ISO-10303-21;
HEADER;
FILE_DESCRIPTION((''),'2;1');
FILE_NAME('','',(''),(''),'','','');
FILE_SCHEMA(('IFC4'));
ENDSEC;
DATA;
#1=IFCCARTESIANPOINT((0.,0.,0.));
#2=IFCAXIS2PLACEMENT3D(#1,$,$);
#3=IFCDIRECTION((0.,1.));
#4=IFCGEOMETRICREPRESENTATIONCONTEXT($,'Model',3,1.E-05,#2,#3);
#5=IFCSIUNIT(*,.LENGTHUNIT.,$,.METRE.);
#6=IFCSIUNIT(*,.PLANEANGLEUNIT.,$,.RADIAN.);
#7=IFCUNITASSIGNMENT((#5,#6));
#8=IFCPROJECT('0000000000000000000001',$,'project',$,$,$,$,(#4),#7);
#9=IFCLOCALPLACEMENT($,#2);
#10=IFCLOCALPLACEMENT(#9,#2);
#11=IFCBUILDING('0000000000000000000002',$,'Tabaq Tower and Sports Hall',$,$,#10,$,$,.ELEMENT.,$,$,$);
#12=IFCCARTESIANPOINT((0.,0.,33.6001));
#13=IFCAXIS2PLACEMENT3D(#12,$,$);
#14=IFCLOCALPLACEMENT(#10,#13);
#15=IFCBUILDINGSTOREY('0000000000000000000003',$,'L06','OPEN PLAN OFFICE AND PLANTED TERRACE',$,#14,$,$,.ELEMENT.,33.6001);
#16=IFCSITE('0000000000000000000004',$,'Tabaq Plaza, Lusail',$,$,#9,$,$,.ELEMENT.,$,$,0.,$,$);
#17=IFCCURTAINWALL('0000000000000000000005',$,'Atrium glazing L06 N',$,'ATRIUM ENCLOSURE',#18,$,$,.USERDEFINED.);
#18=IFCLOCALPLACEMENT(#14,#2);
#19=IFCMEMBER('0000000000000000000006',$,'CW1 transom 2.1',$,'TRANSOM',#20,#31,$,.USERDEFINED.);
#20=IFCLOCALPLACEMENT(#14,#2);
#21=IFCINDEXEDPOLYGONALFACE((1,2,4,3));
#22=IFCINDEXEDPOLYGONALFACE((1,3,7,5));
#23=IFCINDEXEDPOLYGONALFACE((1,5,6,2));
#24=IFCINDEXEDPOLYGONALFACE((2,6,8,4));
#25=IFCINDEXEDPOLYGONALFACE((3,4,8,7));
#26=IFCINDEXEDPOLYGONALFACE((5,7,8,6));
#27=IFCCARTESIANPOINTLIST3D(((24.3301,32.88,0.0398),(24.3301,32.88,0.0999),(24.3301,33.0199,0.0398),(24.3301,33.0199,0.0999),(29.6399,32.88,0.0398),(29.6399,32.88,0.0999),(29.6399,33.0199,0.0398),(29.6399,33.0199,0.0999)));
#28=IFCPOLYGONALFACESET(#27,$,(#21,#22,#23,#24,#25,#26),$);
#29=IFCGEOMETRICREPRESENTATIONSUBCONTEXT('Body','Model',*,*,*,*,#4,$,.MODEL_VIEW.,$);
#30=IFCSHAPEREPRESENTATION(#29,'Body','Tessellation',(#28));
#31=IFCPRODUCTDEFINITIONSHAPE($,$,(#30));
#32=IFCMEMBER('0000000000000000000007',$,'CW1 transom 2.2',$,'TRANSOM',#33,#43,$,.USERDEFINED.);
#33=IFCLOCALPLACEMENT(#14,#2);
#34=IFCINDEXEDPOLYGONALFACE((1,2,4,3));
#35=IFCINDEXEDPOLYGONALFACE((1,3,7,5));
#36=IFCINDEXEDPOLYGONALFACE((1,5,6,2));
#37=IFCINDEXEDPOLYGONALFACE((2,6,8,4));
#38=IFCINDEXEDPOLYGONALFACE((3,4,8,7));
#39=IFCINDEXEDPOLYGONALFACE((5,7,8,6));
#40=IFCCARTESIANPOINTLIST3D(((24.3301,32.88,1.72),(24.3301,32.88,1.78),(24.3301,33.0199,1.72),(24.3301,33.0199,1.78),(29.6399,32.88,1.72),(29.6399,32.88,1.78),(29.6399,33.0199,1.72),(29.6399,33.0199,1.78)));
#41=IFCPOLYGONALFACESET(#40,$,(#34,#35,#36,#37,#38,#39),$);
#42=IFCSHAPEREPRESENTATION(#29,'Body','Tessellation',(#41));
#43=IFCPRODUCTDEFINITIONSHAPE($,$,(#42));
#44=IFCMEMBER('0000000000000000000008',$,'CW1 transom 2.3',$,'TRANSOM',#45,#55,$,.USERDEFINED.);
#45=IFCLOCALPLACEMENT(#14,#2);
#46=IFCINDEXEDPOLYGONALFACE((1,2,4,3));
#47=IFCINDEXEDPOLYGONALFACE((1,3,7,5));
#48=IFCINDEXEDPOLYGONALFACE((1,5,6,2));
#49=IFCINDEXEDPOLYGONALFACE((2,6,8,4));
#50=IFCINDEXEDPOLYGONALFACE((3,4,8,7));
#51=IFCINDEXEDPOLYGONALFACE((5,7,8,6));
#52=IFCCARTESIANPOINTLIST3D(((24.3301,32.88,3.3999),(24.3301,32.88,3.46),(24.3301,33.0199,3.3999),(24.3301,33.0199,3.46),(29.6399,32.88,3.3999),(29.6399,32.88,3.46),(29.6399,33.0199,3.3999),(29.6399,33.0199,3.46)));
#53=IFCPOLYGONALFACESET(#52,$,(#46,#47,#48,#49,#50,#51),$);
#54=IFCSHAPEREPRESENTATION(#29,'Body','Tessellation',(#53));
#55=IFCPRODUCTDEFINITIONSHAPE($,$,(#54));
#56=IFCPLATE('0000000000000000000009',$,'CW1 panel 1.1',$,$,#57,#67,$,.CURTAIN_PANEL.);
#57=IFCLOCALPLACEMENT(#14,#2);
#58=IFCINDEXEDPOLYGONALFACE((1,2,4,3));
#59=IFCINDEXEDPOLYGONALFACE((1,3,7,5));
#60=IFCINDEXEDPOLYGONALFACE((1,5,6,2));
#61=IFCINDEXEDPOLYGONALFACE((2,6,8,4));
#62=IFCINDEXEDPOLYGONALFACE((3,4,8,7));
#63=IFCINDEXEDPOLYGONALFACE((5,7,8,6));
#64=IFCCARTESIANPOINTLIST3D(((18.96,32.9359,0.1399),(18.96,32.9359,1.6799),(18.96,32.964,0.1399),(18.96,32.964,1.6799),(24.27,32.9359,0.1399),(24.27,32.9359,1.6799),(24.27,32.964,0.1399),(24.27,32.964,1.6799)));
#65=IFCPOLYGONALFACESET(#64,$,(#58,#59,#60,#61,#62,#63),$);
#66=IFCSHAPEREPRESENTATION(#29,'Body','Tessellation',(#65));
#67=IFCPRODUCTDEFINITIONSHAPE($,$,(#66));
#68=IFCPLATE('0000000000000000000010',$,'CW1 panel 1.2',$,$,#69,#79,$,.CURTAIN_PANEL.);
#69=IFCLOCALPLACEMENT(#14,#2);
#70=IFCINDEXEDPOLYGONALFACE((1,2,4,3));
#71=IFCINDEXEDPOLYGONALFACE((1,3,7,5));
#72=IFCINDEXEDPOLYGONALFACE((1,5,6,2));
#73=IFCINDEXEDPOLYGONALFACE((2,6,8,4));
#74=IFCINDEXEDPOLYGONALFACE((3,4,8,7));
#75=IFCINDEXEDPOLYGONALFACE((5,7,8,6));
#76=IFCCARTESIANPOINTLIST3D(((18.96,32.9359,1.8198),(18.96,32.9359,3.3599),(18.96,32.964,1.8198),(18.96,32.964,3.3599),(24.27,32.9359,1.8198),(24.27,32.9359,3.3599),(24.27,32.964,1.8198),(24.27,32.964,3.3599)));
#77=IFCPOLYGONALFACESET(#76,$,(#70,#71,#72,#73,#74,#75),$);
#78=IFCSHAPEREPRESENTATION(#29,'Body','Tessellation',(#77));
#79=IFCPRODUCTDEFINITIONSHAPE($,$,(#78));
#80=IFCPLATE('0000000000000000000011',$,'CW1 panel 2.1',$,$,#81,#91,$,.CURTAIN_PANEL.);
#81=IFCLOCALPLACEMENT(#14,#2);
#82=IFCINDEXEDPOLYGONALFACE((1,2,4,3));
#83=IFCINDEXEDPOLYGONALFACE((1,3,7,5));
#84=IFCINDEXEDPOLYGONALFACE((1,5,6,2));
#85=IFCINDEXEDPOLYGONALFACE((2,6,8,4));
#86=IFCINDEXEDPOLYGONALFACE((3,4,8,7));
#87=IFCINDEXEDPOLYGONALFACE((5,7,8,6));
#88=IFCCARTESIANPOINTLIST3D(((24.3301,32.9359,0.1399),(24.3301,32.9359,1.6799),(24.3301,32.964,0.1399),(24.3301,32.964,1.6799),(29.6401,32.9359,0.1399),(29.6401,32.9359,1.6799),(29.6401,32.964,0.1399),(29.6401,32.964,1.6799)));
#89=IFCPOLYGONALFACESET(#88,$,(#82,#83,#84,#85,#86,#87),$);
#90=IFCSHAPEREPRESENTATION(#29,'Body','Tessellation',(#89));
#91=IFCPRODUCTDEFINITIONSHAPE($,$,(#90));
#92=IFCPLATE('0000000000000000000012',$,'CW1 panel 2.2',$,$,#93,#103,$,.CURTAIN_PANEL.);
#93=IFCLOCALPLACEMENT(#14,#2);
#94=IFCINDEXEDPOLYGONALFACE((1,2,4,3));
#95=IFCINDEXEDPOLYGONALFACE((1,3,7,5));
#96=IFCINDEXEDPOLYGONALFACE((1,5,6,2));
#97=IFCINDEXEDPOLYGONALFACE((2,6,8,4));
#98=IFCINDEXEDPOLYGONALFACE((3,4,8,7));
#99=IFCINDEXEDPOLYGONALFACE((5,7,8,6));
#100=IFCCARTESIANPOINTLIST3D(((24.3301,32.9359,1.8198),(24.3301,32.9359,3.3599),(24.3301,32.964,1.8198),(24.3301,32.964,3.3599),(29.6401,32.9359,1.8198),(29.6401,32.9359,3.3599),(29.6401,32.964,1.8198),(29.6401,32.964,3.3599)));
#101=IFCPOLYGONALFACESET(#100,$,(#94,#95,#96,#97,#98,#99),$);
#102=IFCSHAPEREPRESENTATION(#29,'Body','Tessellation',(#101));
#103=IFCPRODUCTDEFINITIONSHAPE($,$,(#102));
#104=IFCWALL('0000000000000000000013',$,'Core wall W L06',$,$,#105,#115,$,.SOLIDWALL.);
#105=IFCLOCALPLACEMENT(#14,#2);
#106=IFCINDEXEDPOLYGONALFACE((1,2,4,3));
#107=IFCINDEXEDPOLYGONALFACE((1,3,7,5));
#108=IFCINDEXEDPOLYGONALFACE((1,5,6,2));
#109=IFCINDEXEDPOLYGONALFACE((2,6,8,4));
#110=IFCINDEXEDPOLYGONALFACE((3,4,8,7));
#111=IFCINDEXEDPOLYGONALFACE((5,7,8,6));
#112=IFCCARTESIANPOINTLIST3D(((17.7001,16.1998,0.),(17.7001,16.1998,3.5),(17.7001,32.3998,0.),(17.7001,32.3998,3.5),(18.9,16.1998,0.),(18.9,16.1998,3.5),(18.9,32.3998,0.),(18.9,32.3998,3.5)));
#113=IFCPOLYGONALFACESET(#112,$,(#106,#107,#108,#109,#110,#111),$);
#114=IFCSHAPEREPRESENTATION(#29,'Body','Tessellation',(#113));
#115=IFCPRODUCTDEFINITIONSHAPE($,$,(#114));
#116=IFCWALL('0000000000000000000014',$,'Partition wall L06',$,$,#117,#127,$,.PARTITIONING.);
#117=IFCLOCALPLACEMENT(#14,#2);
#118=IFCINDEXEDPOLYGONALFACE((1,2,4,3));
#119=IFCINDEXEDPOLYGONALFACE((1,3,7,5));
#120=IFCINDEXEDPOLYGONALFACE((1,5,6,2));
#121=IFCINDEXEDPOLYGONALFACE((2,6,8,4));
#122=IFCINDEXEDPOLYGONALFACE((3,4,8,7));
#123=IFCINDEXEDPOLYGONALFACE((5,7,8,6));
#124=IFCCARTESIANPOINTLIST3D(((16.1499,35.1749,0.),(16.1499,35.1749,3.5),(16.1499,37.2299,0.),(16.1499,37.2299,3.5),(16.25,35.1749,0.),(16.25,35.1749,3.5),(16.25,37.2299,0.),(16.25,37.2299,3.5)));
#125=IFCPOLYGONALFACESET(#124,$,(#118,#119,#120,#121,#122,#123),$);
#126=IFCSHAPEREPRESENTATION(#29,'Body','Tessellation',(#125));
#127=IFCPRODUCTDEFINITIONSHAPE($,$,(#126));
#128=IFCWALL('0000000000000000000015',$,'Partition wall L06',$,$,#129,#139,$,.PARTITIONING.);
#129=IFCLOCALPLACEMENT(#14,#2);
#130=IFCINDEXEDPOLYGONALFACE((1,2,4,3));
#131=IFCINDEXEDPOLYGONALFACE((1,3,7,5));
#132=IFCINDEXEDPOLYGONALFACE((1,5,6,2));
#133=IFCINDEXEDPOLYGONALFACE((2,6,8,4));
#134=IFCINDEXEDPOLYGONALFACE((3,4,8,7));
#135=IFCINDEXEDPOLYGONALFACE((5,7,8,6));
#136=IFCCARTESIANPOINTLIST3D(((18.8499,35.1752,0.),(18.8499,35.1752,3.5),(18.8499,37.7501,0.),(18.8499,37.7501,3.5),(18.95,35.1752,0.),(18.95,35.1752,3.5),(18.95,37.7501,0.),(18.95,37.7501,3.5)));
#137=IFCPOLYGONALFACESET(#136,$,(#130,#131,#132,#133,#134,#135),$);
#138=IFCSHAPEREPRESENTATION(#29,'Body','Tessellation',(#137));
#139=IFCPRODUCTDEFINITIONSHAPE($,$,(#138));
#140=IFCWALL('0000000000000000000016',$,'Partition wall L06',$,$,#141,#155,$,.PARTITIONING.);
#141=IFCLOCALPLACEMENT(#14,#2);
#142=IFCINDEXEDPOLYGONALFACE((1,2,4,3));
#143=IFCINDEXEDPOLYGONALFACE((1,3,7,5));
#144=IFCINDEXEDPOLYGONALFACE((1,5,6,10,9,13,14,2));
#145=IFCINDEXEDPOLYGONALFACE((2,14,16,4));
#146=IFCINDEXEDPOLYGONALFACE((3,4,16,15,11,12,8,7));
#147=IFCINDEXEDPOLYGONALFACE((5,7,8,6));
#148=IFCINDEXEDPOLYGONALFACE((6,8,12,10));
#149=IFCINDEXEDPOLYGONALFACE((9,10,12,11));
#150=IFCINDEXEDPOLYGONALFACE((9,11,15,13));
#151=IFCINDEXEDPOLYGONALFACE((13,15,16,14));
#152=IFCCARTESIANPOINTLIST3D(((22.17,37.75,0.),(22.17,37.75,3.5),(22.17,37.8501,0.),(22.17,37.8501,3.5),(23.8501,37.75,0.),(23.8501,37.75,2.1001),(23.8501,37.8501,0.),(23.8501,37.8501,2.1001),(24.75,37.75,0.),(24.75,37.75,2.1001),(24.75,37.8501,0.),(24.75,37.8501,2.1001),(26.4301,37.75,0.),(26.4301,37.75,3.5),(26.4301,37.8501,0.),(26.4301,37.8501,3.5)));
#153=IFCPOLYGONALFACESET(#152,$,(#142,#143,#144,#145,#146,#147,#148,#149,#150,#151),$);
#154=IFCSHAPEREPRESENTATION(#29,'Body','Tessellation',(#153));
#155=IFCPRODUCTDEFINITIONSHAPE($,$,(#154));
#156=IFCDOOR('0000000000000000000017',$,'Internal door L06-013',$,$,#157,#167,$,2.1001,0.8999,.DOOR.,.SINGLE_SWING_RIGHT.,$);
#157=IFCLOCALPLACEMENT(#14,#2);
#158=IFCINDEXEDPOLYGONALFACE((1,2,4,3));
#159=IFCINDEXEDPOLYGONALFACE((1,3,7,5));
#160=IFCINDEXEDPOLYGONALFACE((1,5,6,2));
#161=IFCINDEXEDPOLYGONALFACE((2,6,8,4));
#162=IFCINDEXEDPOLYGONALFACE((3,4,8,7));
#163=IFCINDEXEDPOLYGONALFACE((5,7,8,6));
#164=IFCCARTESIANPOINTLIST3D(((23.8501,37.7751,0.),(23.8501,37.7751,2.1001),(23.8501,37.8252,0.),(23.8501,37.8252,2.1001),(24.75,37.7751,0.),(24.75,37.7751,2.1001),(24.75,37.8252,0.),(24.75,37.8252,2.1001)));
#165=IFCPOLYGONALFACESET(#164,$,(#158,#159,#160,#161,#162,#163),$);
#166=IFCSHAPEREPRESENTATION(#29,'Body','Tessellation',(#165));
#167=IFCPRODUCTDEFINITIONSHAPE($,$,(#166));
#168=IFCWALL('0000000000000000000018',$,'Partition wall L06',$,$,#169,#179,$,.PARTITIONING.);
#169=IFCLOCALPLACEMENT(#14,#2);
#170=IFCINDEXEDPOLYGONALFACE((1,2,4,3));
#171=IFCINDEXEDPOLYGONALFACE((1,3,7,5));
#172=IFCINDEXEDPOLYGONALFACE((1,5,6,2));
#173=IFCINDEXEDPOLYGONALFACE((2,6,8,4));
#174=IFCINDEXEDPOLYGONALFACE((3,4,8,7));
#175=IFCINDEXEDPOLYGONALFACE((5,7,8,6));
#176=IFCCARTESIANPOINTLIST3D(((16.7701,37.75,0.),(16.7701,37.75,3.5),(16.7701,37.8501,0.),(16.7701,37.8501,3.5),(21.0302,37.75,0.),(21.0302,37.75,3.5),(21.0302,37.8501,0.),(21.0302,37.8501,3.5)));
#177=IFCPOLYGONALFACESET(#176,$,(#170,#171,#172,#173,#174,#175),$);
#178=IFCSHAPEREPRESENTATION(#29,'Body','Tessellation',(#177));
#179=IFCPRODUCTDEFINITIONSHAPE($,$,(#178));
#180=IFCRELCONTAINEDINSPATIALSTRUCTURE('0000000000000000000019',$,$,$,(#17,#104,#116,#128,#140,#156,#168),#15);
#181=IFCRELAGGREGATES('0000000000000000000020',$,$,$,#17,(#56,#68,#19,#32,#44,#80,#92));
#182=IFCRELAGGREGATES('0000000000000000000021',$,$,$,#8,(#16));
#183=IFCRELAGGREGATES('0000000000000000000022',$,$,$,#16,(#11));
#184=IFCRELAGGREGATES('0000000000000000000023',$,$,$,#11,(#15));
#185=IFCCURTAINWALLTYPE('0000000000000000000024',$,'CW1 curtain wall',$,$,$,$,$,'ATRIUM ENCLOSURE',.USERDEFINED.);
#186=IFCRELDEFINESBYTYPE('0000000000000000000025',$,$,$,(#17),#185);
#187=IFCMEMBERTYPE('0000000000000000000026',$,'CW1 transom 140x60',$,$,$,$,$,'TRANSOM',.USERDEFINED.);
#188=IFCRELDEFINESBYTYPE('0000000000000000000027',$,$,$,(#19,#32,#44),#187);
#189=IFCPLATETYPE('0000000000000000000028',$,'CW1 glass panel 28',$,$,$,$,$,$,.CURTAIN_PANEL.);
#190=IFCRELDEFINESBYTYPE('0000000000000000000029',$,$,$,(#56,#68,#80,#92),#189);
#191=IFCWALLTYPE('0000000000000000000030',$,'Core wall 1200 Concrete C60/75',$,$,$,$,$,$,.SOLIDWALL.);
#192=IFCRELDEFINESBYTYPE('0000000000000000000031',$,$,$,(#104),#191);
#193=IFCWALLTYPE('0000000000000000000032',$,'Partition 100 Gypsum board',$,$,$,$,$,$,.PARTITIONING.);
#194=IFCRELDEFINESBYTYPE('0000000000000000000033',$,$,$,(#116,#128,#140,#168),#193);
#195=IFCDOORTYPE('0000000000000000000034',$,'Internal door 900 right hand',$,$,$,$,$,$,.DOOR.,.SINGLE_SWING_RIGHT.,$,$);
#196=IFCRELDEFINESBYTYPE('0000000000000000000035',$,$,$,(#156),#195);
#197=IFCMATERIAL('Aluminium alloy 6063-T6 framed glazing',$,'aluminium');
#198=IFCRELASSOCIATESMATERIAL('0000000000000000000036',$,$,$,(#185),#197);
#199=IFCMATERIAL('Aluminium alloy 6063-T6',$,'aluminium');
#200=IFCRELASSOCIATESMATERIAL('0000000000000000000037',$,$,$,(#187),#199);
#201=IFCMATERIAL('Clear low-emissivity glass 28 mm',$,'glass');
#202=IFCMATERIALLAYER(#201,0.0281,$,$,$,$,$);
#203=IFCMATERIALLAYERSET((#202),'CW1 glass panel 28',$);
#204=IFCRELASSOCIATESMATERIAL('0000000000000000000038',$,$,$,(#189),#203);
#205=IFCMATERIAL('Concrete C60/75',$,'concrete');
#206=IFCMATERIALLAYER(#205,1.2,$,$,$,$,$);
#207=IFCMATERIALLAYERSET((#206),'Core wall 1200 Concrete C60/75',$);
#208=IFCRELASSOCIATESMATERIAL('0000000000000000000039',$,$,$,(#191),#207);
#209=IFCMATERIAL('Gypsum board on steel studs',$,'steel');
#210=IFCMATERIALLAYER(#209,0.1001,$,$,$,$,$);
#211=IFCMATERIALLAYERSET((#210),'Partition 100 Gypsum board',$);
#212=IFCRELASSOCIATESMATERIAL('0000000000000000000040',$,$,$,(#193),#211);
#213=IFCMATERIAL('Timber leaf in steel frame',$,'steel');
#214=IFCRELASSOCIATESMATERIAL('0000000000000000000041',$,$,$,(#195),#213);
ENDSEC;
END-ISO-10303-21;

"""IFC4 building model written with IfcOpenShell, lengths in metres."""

from ifc_helpers import new_model, si_unit, direction, frame, frame_2d, origin, origin_2d, place, context, subcontext, project, spatial, rectangle, extrude, material, layer, layer_set, material_profile, profile_set, type_object, element, fill, aggregate, save


model = new_model("IFC4")

# Units and contexts
model_context = context("Model", 3, precision=1e-05, world=origin(), true_north=direction((0.0, 1.0)))
body_context = subcontext(model_context, "Body", "Model", "MODEL_VIEW")
ifc_project = project(units=[si_unit("LENGTHUNIT", "METRE"), si_unit("PLANEANGLEUNIT", "RADIAN")], contexts=[model_context])

# Site, building, storey
site_placement = place(None, origin())
site = spatial("IfcSite", under=ifc_project, at=site_placement, Name="Tabaq Plaza, Lusail", CompositionType="ELEMENT", RefElevation=0.0)
building_placement = place(site_placement, origin())
building = spatial("IfcBuilding", under=site, at=building_placement, Name="Tabaq Tower and Sports Hall", CompositionType="ELEMENT")
storey_placement = place(building_placement, frame((0.0, 0.0, 33.6001)))
storey = spatial("IfcBuildingStorey", under=building, at=storey_placement, Name="L06", Description="OPEN PLAN OFFICE AND PLANTED TERRACE", CompositionType="ELEMENT", Elevation=33.6001)

# Curtain wall, members, plates
ifc_material_1 = material(Name="Aluminium alloy 6063-T6 framed glazing", Category="aluminium")
curtain_wall_type = type_object("IfcCurtainWallType", Name="CW1 curtain wall", ElementType="ATRIUM ENCLOSURE", PredefinedType="USERDEFINED", material=ifc_material_1)
curtain_wall_placement = place(storey_placement, origin())
curtain_wall = element("IfcCurtainWall", 1, at=curtain_wall_placement, inside=storey, type_object=curtain_wall_type, Name="Atrium glazing L06 N", ObjectType="ATRIUM ENCLOSURE", PredefinedType="USERDEFINED")
ifc_material_2 = material(Name="Aluminium alloy 6063-T6", Category="aluminium")
ifc_material_profile_1 = material_profile(ifc_material_2, rectangle(XDim=0.1399, YDim=0.0601, at=origin_2d()), Name="TRANSOM 140x60")
ifc_profile_set_1 = profile_set([ifc_material_profile_1], Name="Aluminium alloy 6063-T6")
member_type_1 = type_object("IfcMemberType", Name="CW1 transom 140x60", ElementType="TRANSOM", PredefinedType="USERDEFINED", material=ifc_profile_set_1)
member_1_placement = place(storey_placement, frame((24.3301, 32.95, 0.0698), z_axis=(1.0, 0.0, 0.0), x_axis=(0.0, 1.0, 0.0)))
member_1 = element("IfcMember", 2, at=member_1_placement, type_object=member_type_1, Name="CW1 transom 2.1", ObjectType="TRANSOM", PredefinedType="USERDEFINED", context=body_context, shape_type="SweptSolid", body=[
    extrude(rectangle(XDim=0.1399, YDim=0.0601, at=origin_2d()), origin(), (0.0, 0.0, 1.0), 5.3098),
])
member_2_placement = place(storey_placement, frame((24.3301, 32.95, 1.75), z_axis=(1.0, 0.0, 0.0), x_axis=(0.0, 1.0, 0.0)))
member_2 = element("IfcMember", 3, at=member_2_placement, type_object=member_type_1, Name="CW1 transom 2.2", ObjectType="TRANSOM", PredefinedType="USERDEFINED", context=body_context, shape_type="SweptSolid", body=[
    extrude(rectangle(XDim=0.1399, YDim=0.0601, at=origin_2d()), origin(), (0.0, 0.0, 1.0), 5.3098),
])
member_3_placement = place(storey_placement, frame((24.3301, 32.95, 3.4299), z_axis=(1.0, 0.0, 0.0), x_axis=(0.0, 1.0, 0.0)))
member_3 = element("IfcMember", 4, at=member_3_placement, type_object=member_type_1, Name="CW1 transom 2.3", ObjectType="TRANSOM", PredefinedType="USERDEFINED", context=body_context, shape_type="SweptSolid", body=[
    extrude(rectangle(XDim=0.1399, YDim=0.0601, at=origin_2d()), origin(), (0.0, 0.0, 1.0), 5.3098),
])
ifc_material_3 = material(Name="Clear low-emissivity glass 28 mm", Category="glass")
ifc_layer_1 = layer(ifc_material_3, 0.0281)
ifc_layer_set_1 = layer_set([ifc_layer_1], Name="CW1 glass panel 28")
plate_type = type_object("IfcPlateType", Name="CW1 glass panel 28", PredefinedType="CURTAIN_PANEL", material=ifc_layer_set_1)
plate_1_placement = place(storey_placement, frame((21.615, 32.95, 0.1399), z_axis=(0.0, 0.0, 1.0), x_axis=(1.0, 0.0, 0.0)))
plate_1 = element("IfcPlate", 5, at=plate_1_placement, type_object=plate_type, Name="CW1 panel 1.1", PredefinedType="CURTAIN_PANEL", context=body_context, shape_type="SweptSolid", body=[
    extrude(rectangle(XDim=5.3101, YDim=0.0281, at=origin_2d()), origin(), (0.0, 0.0, 1.0), 1.54),
])
plate_2_placement = place(storey_placement, frame((21.615, 32.95, 1.8198), z_axis=(0.0, 0.0, 1.0), x_axis=(1.0, 0.0, 0.0)))
plate_2 = element("IfcPlate", 6, at=plate_2_placement, type_object=plate_type, Name="CW1 panel 1.2", PredefinedType="CURTAIN_PANEL", context=body_context, shape_type="SweptSolid", body=[
    extrude(rectangle(XDim=5.3101, YDim=0.0281, at=origin_2d()), origin(), (0.0, 0.0, 1.0), 1.54),
])
plate_3_placement = place(storey_placement, frame((26.9851, 32.95, 0.1399), z_axis=(0.0, 0.0, 1.0), x_axis=(1.0, 0.0, 0.0)))
plate_3 = element("IfcPlate", 7, at=plate_3_placement, type_object=plate_type, Name="CW1 panel 2.1", PredefinedType="CURTAIN_PANEL", context=body_context, shape_type="SweptSolid", body=[
    extrude(rectangle(XDim=5.3101, YDim=0.0281, at=origin_2d()), origin(), (0.0, 0.0, 1.0), 1.54),
])
plate_4_placement = place(storey_placement, frame((26.9851, 32.95, 1.8198), z_axis=(0.0, 0.0, 1.0), x_axis=(1.0, 0.0, 0.0)))
plate_4 = element("IfcPlate", 8, at=plate_4_placement, type_object=plate_type, Name="CW1 panel 2.2", PredefinedType="CURTAIN_PANEL", context=body_context, shape_type="SweptSolid", body=[
    extrude(rectangle(XDim=5.3101, YDim=0.0281, at=origin_2d()), origin(), (0.0, 0.0, 1.0), 1.54),
])
aggregate(curtain_wall, [plate_1, plate_2, member_1, member_2, member_3, plate_3, plate_4])

# Walls
ifc_material_4 = material(Name="Concrete C60/75", Category="concrete")
ifc_layer_2 = layer(ifc_material_4, 1.2)
ifc_layer_set_2 = layer_set([ifc_layer_2], Name="Core wall 1200 Concrete C60/75")
wall_type_1 = type_object("IfcWallType", Name="Core wall 1200 Concrete C60/75", PredefinedType="SOLIDWALL", material=ifc_layer_set_2)
wall_1_placement = place(storey_placement, frame((18.3, 32.3999, 0.0), z_axis=(0.0, 0.0, 1.0), x_axis=(0.0, -1.0, 0.0)))
element("IfcWall", 9, at=wall_1_placement, inside=storey, type_object=wall_type_1, Name="Core wall W L06", PredefinedType="SOLIDWALL", context=body_context, shape_type="SweptSolid", body=[
    extrude(rectangle(XDim=16.2, YDim=1.2, at=frame_2d((8.1001, 0.0))), origin(), (0.0, 0.0, 1.0), 3.5),
])
ifc_material_5 = material(Name="Gypsum board on steel studs", Category="steel")
ifc_layer_3 = layer(ifc_material_5, 0.1001)
ifc_layer_set_3 = layer_set([ifc_layer_3], Name="Partition 100 Gypsum board")
wall_type_2 = type_object("IfcWallType", Name="Partition 100 Gypsum board", PredefinedType="PARTITIONING", material=ifc_layer_set_3)
wall_2_placement = place(storey_placement, frame((16.2, 35.175, 0.0), z_axis=(0.0, 0.0, 1.0), x_axis=(0.0, 1.0, 0.0)))
element("IfcWall", 10, at=wall_2_placement, inside=storey, type_object=wall_type_2, Name="Partition wall L06", PredefinedType="PARTITIONING", context=body_context, shape_type="SweptSolid", body=[
    extrude(rectangle(XDim=2.0549, YDim=0.1001, at=frame_2d((1.0273, 0.0))), origin(), (0.0, 0.0, 1.0), 3.5),
])
wall_3_placement = place(storey_placement, frame((18.8999, 35.175, 0.0), z_axis=(0.0, 0.0, 1.0), x_axis=(0.0, 1.0, 0.0)))
element("IfcWall", 11, at=wall_3_placement, inside=storey, type_object=wall_type_2, Name="Partition wall L06", PredefinedType="PARTITIONING", context=body_context, shape_type="SweptSolid", body=[
    extrude(rectangle(XDim=2.575, YDim=0.1001, at=frame_2d((1.2876, 0.0))), origin(), (0.0, 0.0, 1.0), 3.5),
])

# Wall, opening, door
wall_4_placement = place(storey_placement, frame((26.4299, 37.8, 0.0), z_axis=(0.0, 0.0, 1.0), x_axis=(-1.0, 0.0, 0.0)))
wall_4 = element("IfcWall", 12, at=wall_4_placement, inside=storey, type_object=wall_type_2, Name="Partition wall L06", PredefinedType="PARTITIONING", context=body_context, shape_type="SweptSolid", body=[
    extrude(rectangle(XDim=4.26, YDim=0.1001, at=frame_2d((2.1299, 0.0))), origin(), (0.0, 0.0, 1.0), 3.5),
])
opening_placement = place(wall_4_placement, frame((1.6799, 0.0, 0.0)))
opening = element("IfcOpeningElement", 13, at=opening_placement, cuts=wall_4, PredefinedType="OPENING", context=body_context, shape_type="SweptSolid", body=[
    extrude(rectangle(XDim=0.8999, YDim=2.1001, at=frame_2d((0.45, 1.05))), frame((0.0, 0.05, 0.0), z_axis=(0.0, -1.0, 0.0), x_axis=(1.0, 0.0, 0.0)), (0.0, 0.0, 1.0), 0.1001),
])
ifc_material_6 = material(Name="Timber leaf in steel frame", Category="steel")
door_type = type_object("IfcDoorType", Name="Internal door 900 right hand", OperationType="SINGLE_SWING_RIGHT", PredefinedType="DOOR", material=ifc_material_6)
door_placement = place(opening_placement, origin())
door = element("IfcDoor", 14, at=door_placement, inside=storey, type_object=door_type, Name="Internal door L06-013", OperationType="SINGLE_SWING_RIGHT", OverallHeight=2.1001, OverallWidth=0.8999, PredefinedType="DOOR", context=body_context, shape_type="SweptSolid", body=[
    extrude(rectangle(XDim=0.8999, YDim=2.1001, at=frame_2d((0.45, 1.05))), frame((0.0, 0.0249, 0.0), z_axis=(0.0, -1.0, 0.0), x_axis=(1.0, 0.0, 0.0)), (0.0, 0.0, 1.0), 0.05),
])
fill(opening, door)

# Wall
wall_5_placement = place(storey_placement, frame((21.03, 37.8, 0.0), z_axis=(0.0, 0.0, 1.0), x_axis=(-1.0, 0.0, 0.0)))
element("IfcWall", 15, at=wall_5_placement, inside=storey, type_object=wall_type_2, Name="Partition wall L06", PredefinedType="PARTITIONING", context=body_context, shape_type="SweptSolid", body=[
    extrude(rectangle(XDim=4.26, YDim=0.1001, at=frame_2d((2.1299, 0.0))), origin(), (0.0, 0.0, 1.0), 3.5),
])

save(model, "model.ifc")
